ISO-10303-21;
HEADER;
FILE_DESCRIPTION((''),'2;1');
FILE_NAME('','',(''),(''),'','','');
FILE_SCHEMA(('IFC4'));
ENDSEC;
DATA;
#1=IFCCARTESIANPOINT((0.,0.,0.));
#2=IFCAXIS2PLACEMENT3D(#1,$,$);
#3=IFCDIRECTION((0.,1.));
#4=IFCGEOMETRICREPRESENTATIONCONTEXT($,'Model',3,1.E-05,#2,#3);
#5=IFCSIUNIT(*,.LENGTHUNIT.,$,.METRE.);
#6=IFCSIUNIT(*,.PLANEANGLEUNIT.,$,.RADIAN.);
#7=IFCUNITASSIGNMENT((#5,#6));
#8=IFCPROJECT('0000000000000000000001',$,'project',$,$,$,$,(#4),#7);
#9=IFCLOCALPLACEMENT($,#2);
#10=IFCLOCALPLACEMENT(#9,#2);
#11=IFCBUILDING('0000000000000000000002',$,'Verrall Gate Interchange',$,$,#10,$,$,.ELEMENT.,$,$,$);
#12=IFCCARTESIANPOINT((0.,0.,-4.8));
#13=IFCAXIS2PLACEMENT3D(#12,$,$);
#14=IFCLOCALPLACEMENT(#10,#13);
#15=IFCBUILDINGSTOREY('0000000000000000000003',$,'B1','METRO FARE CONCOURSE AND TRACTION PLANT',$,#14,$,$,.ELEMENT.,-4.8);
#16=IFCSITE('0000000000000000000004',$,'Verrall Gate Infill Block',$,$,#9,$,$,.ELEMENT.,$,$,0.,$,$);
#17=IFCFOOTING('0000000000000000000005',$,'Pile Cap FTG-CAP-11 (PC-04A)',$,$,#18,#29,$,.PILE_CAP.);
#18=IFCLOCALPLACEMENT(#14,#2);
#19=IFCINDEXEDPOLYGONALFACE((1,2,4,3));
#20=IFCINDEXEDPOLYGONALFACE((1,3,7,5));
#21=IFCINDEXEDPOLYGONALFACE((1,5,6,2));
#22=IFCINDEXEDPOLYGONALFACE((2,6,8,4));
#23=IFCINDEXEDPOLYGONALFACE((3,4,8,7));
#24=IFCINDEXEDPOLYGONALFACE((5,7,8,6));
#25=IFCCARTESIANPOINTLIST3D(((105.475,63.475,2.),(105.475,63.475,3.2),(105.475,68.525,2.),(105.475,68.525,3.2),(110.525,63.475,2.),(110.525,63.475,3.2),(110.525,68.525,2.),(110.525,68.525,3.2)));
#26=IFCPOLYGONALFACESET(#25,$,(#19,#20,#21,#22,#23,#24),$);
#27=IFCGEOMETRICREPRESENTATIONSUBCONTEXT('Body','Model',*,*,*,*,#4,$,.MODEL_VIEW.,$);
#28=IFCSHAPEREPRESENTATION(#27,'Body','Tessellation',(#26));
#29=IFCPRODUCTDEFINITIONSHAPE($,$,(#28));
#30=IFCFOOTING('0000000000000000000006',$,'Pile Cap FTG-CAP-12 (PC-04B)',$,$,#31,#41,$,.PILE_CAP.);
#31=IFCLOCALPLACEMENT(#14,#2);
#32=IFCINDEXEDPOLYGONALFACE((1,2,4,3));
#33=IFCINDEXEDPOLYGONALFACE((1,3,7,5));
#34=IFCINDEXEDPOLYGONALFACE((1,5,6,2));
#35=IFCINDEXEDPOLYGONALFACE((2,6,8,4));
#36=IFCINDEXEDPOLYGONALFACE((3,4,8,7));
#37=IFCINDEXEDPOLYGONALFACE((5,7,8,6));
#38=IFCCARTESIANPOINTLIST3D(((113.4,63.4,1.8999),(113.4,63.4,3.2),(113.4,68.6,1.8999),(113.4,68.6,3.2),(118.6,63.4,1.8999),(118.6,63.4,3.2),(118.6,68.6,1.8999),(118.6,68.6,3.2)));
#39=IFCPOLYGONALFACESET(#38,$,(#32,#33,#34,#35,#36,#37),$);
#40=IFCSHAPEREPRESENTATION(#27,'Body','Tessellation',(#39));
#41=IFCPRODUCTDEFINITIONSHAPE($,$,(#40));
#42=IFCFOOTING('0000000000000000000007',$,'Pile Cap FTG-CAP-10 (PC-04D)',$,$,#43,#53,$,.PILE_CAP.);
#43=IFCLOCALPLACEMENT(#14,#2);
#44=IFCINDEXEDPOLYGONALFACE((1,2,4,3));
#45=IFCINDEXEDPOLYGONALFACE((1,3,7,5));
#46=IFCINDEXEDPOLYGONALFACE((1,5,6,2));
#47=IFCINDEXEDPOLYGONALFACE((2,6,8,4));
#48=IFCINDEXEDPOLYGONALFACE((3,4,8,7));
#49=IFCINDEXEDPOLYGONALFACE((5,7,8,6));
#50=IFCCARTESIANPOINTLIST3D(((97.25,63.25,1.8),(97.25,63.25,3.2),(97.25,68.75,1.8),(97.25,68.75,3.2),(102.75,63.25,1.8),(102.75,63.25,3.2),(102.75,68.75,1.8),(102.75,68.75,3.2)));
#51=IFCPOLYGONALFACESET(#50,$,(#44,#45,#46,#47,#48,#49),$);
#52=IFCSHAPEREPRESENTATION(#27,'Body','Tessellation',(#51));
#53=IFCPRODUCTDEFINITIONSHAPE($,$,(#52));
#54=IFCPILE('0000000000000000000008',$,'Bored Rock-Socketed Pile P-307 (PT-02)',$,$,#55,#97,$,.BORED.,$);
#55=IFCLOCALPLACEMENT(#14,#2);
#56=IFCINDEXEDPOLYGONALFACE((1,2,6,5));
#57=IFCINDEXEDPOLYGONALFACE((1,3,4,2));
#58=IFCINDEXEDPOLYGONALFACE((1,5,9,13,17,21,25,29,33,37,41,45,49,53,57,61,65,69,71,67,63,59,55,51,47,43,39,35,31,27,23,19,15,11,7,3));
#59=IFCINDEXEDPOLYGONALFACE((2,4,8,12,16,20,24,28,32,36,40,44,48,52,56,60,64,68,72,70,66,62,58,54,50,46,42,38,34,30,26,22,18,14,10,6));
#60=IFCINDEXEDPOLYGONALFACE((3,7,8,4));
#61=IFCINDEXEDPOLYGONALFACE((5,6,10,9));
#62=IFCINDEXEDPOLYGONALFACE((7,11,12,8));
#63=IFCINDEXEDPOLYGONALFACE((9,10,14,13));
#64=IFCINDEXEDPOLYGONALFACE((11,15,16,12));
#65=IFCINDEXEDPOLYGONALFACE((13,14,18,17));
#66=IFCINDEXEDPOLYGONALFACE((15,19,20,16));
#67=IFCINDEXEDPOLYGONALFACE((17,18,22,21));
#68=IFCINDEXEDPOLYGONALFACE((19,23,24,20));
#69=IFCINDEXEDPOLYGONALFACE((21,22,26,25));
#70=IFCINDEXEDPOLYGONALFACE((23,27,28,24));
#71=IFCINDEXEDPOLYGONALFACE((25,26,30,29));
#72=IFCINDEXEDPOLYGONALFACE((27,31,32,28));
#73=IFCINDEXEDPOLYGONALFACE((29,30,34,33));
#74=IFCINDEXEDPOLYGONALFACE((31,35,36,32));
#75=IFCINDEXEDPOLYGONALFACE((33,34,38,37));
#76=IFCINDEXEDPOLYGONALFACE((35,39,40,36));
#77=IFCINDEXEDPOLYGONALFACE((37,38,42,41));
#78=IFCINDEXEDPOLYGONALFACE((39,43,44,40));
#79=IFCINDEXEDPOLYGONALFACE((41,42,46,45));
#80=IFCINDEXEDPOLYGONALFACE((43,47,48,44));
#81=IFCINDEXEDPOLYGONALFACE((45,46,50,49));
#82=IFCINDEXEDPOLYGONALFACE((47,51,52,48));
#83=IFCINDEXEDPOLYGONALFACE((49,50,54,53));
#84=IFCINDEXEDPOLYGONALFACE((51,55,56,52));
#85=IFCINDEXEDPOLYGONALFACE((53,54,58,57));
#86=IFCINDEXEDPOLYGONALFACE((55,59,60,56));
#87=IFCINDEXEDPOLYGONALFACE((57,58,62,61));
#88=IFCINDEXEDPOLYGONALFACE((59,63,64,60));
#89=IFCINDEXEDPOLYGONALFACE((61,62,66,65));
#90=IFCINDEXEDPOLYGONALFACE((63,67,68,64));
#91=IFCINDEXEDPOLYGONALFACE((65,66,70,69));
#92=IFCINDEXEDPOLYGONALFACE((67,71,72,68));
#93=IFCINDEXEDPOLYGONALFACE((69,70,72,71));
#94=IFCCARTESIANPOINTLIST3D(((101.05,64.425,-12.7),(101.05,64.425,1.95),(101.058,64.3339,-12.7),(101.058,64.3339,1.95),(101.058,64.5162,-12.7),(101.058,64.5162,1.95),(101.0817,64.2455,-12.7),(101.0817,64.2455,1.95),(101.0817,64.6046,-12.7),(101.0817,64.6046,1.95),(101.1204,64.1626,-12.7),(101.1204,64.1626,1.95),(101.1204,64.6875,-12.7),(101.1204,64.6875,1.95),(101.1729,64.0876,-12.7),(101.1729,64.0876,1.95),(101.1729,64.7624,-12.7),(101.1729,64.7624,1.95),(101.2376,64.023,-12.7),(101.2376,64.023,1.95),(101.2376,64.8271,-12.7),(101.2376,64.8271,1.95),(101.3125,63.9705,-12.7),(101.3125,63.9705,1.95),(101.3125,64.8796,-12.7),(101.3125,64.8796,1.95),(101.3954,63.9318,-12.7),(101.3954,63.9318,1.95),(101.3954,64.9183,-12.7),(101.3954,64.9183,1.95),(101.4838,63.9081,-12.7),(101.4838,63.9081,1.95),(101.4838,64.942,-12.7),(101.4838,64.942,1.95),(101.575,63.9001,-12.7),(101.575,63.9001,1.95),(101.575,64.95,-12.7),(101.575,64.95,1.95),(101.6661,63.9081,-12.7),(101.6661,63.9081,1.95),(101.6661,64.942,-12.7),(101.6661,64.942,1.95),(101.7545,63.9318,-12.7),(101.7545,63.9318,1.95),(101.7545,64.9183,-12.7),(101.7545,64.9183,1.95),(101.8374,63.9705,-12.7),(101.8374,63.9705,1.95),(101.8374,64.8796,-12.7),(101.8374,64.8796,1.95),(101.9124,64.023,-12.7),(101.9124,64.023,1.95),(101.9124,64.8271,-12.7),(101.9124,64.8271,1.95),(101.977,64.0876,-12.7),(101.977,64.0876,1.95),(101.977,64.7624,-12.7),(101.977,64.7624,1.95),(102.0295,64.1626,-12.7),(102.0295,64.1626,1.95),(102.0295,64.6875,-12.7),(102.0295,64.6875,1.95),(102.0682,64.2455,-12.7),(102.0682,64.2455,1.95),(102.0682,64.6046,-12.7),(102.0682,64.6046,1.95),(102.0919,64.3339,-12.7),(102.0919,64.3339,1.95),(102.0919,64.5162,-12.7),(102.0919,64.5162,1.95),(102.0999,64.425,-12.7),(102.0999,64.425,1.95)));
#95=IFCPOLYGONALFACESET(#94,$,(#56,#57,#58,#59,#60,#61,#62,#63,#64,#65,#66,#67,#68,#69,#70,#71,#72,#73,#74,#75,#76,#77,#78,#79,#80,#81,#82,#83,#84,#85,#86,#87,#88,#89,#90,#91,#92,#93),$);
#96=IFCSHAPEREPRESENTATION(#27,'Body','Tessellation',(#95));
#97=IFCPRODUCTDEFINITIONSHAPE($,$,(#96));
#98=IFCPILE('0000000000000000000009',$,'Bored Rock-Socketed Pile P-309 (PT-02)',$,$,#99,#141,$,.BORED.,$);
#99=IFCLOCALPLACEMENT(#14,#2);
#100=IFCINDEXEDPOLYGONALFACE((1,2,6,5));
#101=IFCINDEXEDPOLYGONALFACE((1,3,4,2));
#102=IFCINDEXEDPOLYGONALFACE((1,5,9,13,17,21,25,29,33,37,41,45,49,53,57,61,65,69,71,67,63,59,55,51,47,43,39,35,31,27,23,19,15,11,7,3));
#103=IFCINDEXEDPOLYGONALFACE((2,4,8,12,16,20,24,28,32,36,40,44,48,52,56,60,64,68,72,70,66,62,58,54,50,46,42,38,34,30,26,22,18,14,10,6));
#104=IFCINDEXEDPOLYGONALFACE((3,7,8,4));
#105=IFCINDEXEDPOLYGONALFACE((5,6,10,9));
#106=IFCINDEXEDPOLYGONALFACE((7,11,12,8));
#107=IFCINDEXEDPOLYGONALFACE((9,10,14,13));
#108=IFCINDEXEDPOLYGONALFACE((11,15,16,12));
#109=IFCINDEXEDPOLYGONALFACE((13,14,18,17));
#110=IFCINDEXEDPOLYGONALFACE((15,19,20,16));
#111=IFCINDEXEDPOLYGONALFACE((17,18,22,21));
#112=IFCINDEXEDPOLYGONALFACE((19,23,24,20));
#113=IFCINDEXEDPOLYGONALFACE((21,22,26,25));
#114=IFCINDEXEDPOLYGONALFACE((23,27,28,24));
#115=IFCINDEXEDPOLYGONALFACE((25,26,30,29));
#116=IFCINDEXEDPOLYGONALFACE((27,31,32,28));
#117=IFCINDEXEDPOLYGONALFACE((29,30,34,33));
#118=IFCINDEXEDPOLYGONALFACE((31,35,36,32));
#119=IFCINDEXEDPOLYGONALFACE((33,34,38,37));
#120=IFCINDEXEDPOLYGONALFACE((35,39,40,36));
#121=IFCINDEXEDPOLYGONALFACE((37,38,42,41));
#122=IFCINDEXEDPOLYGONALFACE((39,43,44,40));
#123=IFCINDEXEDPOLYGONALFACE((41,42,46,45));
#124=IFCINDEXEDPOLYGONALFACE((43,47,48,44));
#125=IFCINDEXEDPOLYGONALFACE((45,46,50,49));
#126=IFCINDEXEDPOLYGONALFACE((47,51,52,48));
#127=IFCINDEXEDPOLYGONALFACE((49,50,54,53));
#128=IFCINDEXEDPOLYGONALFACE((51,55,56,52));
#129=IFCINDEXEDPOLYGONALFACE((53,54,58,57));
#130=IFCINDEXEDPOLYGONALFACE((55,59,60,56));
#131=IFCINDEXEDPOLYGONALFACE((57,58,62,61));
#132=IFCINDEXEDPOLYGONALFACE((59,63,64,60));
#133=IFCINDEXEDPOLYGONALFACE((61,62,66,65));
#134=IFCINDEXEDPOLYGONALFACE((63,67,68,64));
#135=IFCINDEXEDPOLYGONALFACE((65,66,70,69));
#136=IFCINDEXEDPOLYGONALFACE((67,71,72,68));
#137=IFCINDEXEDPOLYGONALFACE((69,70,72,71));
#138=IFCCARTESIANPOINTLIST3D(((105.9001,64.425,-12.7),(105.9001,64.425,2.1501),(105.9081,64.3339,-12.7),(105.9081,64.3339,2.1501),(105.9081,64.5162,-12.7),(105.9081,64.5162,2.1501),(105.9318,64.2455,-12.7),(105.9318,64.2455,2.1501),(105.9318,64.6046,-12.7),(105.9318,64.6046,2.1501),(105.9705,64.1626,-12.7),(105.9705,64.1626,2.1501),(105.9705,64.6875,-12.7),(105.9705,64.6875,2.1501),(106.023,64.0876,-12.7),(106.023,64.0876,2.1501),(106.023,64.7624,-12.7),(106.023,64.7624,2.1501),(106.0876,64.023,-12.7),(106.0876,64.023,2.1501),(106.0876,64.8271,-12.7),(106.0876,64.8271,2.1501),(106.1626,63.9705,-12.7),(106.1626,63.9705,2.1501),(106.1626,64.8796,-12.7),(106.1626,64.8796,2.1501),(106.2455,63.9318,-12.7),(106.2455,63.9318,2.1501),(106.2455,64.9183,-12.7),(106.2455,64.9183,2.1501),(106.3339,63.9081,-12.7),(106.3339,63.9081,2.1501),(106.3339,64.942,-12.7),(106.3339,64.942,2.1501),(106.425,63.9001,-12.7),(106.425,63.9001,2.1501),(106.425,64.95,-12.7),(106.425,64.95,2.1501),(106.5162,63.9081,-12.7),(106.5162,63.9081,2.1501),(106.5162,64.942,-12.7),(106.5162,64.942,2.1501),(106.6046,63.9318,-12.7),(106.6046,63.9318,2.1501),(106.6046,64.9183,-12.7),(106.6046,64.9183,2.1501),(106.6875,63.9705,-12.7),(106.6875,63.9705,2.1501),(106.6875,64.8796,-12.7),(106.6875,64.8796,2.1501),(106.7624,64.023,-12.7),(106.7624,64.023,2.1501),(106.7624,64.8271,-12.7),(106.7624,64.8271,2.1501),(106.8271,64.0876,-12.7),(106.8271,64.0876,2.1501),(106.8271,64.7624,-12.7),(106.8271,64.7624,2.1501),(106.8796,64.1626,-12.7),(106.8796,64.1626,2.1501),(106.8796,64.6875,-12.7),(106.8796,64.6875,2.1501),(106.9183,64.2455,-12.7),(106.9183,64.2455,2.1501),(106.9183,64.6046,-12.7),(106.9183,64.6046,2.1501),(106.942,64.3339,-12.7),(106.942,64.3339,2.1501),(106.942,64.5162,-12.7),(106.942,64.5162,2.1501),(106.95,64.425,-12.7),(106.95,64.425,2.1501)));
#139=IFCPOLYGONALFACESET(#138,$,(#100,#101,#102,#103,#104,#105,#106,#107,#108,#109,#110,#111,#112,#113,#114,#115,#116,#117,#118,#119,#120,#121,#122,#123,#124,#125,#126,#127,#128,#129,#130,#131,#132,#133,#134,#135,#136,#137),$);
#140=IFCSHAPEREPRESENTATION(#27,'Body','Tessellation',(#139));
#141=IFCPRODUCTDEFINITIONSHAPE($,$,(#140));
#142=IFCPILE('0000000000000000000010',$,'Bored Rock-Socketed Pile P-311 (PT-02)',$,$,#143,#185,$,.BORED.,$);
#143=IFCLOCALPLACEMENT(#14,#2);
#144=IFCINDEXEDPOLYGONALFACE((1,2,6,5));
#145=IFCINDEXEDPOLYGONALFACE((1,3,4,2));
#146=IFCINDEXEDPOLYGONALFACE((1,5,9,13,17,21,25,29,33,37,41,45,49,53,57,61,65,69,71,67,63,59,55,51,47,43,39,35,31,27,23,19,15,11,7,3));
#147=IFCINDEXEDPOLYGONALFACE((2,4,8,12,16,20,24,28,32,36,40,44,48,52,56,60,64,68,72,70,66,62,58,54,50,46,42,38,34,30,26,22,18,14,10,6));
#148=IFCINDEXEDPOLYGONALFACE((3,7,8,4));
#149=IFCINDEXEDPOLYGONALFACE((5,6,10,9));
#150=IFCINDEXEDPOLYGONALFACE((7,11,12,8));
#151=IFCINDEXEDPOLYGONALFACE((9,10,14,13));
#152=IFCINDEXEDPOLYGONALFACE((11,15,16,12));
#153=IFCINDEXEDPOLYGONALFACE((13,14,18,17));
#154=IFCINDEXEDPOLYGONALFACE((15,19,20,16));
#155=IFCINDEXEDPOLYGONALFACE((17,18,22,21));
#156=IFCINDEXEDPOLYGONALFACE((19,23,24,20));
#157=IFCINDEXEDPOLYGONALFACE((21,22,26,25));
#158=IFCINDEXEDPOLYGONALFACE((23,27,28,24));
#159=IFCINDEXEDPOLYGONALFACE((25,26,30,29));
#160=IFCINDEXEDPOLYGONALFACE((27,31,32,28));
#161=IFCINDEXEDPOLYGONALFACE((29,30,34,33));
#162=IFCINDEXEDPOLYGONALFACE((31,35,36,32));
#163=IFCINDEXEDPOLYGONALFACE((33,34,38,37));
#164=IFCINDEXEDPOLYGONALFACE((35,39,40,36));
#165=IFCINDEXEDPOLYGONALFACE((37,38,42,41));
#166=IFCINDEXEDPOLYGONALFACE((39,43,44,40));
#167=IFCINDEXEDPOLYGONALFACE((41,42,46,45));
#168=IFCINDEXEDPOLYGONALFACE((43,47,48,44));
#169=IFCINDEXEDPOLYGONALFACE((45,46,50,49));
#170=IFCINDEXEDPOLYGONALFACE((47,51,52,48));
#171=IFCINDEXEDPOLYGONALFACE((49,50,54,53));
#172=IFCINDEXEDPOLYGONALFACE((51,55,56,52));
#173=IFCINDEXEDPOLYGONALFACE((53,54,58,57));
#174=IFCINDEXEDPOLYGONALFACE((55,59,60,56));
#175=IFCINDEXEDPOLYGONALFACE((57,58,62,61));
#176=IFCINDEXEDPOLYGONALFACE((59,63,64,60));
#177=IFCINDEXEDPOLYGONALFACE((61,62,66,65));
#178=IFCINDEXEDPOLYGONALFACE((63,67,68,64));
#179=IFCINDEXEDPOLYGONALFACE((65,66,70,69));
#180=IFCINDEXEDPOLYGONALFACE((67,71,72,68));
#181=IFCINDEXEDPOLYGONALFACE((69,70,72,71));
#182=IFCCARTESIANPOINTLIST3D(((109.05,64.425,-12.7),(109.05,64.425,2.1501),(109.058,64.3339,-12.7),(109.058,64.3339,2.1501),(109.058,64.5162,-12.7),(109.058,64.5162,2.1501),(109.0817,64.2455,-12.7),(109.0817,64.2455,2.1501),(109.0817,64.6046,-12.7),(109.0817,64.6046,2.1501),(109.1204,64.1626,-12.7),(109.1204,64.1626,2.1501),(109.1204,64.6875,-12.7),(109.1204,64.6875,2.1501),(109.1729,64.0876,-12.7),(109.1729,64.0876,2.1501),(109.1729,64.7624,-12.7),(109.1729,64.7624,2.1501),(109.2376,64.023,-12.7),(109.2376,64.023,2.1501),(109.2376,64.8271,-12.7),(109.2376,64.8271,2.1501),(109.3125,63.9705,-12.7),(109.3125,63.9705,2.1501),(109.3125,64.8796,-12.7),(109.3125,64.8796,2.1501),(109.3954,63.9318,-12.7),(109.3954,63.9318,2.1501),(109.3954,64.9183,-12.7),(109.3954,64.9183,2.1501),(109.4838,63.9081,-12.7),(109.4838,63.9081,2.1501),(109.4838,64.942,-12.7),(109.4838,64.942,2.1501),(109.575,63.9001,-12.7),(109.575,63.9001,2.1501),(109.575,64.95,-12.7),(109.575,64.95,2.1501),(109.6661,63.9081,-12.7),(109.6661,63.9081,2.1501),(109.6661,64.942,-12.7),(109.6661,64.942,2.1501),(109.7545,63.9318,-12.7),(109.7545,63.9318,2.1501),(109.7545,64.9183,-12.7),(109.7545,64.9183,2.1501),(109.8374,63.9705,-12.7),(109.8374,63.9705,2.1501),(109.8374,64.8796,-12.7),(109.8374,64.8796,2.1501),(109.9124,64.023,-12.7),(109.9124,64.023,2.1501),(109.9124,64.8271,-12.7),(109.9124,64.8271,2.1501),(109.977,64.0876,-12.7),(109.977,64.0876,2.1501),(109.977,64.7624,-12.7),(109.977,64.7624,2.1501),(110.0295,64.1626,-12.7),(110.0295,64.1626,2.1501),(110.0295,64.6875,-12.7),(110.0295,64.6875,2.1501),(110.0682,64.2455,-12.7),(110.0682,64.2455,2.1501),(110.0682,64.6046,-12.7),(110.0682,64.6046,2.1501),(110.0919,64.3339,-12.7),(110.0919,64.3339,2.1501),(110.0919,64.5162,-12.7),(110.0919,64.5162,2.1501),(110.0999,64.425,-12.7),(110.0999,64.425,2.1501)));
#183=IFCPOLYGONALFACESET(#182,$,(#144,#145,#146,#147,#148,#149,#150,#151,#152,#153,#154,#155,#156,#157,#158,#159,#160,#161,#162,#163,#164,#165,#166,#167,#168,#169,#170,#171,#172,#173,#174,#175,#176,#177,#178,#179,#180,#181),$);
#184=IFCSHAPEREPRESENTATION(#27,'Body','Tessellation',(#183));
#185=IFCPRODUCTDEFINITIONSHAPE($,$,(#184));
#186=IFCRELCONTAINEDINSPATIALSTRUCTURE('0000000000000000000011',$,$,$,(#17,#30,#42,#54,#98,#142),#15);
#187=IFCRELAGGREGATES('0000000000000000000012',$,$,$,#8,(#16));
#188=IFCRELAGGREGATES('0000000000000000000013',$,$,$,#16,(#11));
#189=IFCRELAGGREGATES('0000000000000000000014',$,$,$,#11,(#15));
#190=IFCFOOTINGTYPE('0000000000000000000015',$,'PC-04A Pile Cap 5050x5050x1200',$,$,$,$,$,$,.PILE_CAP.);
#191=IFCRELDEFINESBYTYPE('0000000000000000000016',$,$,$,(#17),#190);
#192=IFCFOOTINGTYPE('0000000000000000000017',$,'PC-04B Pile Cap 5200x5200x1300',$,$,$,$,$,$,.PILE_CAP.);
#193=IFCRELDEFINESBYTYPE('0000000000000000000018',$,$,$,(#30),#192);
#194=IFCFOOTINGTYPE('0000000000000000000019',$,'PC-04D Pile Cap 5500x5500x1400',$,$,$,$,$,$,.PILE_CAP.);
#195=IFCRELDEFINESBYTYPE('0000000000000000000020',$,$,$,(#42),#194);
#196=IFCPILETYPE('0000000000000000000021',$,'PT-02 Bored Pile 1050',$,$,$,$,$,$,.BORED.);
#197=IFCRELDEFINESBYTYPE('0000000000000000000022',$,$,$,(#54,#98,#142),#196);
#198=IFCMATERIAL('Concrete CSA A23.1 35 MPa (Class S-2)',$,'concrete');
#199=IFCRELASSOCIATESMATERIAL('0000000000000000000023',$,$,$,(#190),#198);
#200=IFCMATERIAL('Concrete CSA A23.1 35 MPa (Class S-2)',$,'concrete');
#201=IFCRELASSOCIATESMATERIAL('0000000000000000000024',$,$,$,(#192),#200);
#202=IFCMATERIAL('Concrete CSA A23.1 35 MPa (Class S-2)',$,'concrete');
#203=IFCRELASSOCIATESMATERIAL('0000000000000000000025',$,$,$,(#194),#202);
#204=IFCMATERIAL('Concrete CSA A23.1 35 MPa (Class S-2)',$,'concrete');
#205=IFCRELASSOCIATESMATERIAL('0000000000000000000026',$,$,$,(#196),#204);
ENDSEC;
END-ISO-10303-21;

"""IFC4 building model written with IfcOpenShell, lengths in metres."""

from ifc_helpers import new_model, si_unit, direction, frame, origin, origin_2d, place, context, subcontext, project, spatial, rectangle, circle, extrude, material, material_profile, profile_set, type_object, element, save


model = new_model("IFC4")

# Units and contexts
model_context = context("Model", 3, precision=1e-05, world=origin(), true_north=direction((0.0, 1.0)))
body_context = subcontext(model_context, "Body", "Model", "MODEL_VIEW")
ifc_project = project(units=[si_unit("LENGTHUNIT", "METRE"), si_unit("PLANEANGLEUNIT", "RADIAN")], contexts=[model_context])

# Site, building, storey
site_placement = place(None, origin())
site = spatial("IfcSite", under=ifc_project, at=site_placement, Name="Verrall Gate Infill Block", CompositionType="ELEMENT", RefElevation=0.0)
building_placement = place(site_placement, origin())
building = spatial("IfcBuilding", under=site, at=building_placement, Name="Verrall Gate Interchange", CompositionType="ELEMENT")
storey_placement = place(building_placement, frame((0.0, 0.0, -4.8)))
storey = spatial("IfcBuildingStorey", under=building, at=storey_placement, Name="B1", Description="METRO FARE CONCOURSE AND TRACTION PLANT", CompositionType="ELEMENT", Elevation=-4.8)

# Footings
ifc_material_1 = material(Name="Concrete CSA A23.1 35 MPa (Class S-2)", Category="concrete")
footing_type_1 = type_object("IfcFootingType", Name="PC-04A Pile Cap 5050x5050x1200", PredefinedType="PILE_CAP", material=ifc_material_1)
footing_1_placement = place(storey_placement, frame((108.0, 66.0, 2.0), z_axis=(0.0, 0.0, 1.0), x_axis=(1.0, 0.0, 0.0)))
element("IfcFooting", 1, at=footing_1_placement, inside=storey, type_object=footing_type_1, Name="Pile Cap FTG-CAP-11 (PC-04A)", PredefinedType="PILE_CAP", context=body_context, shape_type="SweptSolid", body=[
    extrude(rectangle(XDim=5.05, YDim=5.05, at=origin_2d()), origin(), (0.0, 0.0, 1.0), 1.2),
])
ifc_material_2 = material(Name="Concrete CSA A23.1 35 MPa (Class S-2)", Category="concrete")
footing_type_2 = type_object("IfcFootingType", Name="PC-04B Pile Cap 5200x5200x1300", PredefinedType="PILE_CAP", material=ifc_material_2)
footing_2_placement = place(storey_placement, frame((116.0, 66.0, 1.8999), z_axis=(0.0, 0.0, 1.0), x_axis=(1.0, 0.0, 0.0)))
element("IfcFooting", 2, at=footing_2_placement, inside=storey, type_object=footing_type_2, Name="Pile Cap FTG-CAP-12 (PC-04B)", PredefinedType="PILE_CAP", context=body_context, shape_type="SweptSolid", body=[
    extrude(rectangle(XDim=5.2, YDim=5.2, at=origin_2d()), origin(), (0.0, 0.0, 1.0), 1.3),
])
ifc_material_3 = material(Name="Concrete CSA A23.1 35 MPa (Class S-2)", Category="concrete")
footing_type_3 = type_object("IfcFootingType", Name="PC-04D Pile Cap 5500x5500x1400", PredefinedType="PILE_CAP", material=ifc_material_3)
footing_3_placement = place(storey_placement, frame((100.0, 66.0, 1.8), z_axis=(0.0, 0.0, 1.0), x_axis=(1.0, 0.0, 0.0)))
element("IfcFooting", 3, at=footing_3_placement, inside=storey, type_object=footing_type_3, Name="Pile Cap FTG-CAP-10 (PC-04D)", PredefinedType="PILE_CAP", context=body_context, shape_type="SweptSolid", body=[
    extrude(rectangle(XDim=5.5, YDim=5.5, at=origin_2d()), origin(), (0.0, 0.0, 1.0), 1.3999),
])

# Piles
ifc_material_4 = material(Name="Concrete CSA A23.1 35 MPa (Class S-2)", Category="concrete")
ifc_material_profile_1 = material_profile(ifc_material_4, circle(Radius=0.5249, at=origin_2d()), Name="PILE1050D")
ifc_profile_set_1 = profile_set([ifc_material_profile_1], Name="Concrete CSA A23.1 35 MPa (Class S-2)")
pile_type = type_object("IfcPileType", Name="PT-02 Bored Pile 1050", PredefinedType="BORED", material=ifc_profile_set_1)
pile_1_placement = place(storey_placement, frame((101.575, 64.425, 1.95), z_axis=(0.0, 0.0, -1.0), x_axis=(1.0, 0.0, 0.0)))
element("IfcPile", 4, at=pile_1_placement, inside=storey, type_object=pile_type, Name="Bored Rock-Socketed Pile P-307 (PT-02)", PredefinedType="BORED", context=body_context, shape_type="SweptSolid", body=[
    extrude(circle(Radius=0.5249, at=origin_2d()), origin(), (0.0, 0.0, 1.0), 14.6499),
])
for number, where, z_axis, x_axis, name in (
    (5, (106.425, 64.425, 2.1501), (0.0, 0.0, -1.0), (1.0, 0.0, 0.0), "Bored Rock-Socketed Pile P-309 (PT-02)"),
    (6, (109.575, 64.425, 2.1501), (0.0, 0.0, -1.0), (1.0, 0.0, 0.0), "Bored Rock-Socketed Pile P-311 (PT-02)"),
):
    element("IfcPile", number, at=place(storey_placement, frame(where, z_axis=z_axis, x_axis=x_axis)), inside=storey, type_object=pile_type, Name=name, PredefinedType="BORED", context=body_context, shape_type="SweptSolid", body=[
        extrude(circle(Radius=0.5249, at=origin_2d()), origin(), (0.0, 0.0, 1.0), 14.8501),
    ])

save(model, "model.ifc")
